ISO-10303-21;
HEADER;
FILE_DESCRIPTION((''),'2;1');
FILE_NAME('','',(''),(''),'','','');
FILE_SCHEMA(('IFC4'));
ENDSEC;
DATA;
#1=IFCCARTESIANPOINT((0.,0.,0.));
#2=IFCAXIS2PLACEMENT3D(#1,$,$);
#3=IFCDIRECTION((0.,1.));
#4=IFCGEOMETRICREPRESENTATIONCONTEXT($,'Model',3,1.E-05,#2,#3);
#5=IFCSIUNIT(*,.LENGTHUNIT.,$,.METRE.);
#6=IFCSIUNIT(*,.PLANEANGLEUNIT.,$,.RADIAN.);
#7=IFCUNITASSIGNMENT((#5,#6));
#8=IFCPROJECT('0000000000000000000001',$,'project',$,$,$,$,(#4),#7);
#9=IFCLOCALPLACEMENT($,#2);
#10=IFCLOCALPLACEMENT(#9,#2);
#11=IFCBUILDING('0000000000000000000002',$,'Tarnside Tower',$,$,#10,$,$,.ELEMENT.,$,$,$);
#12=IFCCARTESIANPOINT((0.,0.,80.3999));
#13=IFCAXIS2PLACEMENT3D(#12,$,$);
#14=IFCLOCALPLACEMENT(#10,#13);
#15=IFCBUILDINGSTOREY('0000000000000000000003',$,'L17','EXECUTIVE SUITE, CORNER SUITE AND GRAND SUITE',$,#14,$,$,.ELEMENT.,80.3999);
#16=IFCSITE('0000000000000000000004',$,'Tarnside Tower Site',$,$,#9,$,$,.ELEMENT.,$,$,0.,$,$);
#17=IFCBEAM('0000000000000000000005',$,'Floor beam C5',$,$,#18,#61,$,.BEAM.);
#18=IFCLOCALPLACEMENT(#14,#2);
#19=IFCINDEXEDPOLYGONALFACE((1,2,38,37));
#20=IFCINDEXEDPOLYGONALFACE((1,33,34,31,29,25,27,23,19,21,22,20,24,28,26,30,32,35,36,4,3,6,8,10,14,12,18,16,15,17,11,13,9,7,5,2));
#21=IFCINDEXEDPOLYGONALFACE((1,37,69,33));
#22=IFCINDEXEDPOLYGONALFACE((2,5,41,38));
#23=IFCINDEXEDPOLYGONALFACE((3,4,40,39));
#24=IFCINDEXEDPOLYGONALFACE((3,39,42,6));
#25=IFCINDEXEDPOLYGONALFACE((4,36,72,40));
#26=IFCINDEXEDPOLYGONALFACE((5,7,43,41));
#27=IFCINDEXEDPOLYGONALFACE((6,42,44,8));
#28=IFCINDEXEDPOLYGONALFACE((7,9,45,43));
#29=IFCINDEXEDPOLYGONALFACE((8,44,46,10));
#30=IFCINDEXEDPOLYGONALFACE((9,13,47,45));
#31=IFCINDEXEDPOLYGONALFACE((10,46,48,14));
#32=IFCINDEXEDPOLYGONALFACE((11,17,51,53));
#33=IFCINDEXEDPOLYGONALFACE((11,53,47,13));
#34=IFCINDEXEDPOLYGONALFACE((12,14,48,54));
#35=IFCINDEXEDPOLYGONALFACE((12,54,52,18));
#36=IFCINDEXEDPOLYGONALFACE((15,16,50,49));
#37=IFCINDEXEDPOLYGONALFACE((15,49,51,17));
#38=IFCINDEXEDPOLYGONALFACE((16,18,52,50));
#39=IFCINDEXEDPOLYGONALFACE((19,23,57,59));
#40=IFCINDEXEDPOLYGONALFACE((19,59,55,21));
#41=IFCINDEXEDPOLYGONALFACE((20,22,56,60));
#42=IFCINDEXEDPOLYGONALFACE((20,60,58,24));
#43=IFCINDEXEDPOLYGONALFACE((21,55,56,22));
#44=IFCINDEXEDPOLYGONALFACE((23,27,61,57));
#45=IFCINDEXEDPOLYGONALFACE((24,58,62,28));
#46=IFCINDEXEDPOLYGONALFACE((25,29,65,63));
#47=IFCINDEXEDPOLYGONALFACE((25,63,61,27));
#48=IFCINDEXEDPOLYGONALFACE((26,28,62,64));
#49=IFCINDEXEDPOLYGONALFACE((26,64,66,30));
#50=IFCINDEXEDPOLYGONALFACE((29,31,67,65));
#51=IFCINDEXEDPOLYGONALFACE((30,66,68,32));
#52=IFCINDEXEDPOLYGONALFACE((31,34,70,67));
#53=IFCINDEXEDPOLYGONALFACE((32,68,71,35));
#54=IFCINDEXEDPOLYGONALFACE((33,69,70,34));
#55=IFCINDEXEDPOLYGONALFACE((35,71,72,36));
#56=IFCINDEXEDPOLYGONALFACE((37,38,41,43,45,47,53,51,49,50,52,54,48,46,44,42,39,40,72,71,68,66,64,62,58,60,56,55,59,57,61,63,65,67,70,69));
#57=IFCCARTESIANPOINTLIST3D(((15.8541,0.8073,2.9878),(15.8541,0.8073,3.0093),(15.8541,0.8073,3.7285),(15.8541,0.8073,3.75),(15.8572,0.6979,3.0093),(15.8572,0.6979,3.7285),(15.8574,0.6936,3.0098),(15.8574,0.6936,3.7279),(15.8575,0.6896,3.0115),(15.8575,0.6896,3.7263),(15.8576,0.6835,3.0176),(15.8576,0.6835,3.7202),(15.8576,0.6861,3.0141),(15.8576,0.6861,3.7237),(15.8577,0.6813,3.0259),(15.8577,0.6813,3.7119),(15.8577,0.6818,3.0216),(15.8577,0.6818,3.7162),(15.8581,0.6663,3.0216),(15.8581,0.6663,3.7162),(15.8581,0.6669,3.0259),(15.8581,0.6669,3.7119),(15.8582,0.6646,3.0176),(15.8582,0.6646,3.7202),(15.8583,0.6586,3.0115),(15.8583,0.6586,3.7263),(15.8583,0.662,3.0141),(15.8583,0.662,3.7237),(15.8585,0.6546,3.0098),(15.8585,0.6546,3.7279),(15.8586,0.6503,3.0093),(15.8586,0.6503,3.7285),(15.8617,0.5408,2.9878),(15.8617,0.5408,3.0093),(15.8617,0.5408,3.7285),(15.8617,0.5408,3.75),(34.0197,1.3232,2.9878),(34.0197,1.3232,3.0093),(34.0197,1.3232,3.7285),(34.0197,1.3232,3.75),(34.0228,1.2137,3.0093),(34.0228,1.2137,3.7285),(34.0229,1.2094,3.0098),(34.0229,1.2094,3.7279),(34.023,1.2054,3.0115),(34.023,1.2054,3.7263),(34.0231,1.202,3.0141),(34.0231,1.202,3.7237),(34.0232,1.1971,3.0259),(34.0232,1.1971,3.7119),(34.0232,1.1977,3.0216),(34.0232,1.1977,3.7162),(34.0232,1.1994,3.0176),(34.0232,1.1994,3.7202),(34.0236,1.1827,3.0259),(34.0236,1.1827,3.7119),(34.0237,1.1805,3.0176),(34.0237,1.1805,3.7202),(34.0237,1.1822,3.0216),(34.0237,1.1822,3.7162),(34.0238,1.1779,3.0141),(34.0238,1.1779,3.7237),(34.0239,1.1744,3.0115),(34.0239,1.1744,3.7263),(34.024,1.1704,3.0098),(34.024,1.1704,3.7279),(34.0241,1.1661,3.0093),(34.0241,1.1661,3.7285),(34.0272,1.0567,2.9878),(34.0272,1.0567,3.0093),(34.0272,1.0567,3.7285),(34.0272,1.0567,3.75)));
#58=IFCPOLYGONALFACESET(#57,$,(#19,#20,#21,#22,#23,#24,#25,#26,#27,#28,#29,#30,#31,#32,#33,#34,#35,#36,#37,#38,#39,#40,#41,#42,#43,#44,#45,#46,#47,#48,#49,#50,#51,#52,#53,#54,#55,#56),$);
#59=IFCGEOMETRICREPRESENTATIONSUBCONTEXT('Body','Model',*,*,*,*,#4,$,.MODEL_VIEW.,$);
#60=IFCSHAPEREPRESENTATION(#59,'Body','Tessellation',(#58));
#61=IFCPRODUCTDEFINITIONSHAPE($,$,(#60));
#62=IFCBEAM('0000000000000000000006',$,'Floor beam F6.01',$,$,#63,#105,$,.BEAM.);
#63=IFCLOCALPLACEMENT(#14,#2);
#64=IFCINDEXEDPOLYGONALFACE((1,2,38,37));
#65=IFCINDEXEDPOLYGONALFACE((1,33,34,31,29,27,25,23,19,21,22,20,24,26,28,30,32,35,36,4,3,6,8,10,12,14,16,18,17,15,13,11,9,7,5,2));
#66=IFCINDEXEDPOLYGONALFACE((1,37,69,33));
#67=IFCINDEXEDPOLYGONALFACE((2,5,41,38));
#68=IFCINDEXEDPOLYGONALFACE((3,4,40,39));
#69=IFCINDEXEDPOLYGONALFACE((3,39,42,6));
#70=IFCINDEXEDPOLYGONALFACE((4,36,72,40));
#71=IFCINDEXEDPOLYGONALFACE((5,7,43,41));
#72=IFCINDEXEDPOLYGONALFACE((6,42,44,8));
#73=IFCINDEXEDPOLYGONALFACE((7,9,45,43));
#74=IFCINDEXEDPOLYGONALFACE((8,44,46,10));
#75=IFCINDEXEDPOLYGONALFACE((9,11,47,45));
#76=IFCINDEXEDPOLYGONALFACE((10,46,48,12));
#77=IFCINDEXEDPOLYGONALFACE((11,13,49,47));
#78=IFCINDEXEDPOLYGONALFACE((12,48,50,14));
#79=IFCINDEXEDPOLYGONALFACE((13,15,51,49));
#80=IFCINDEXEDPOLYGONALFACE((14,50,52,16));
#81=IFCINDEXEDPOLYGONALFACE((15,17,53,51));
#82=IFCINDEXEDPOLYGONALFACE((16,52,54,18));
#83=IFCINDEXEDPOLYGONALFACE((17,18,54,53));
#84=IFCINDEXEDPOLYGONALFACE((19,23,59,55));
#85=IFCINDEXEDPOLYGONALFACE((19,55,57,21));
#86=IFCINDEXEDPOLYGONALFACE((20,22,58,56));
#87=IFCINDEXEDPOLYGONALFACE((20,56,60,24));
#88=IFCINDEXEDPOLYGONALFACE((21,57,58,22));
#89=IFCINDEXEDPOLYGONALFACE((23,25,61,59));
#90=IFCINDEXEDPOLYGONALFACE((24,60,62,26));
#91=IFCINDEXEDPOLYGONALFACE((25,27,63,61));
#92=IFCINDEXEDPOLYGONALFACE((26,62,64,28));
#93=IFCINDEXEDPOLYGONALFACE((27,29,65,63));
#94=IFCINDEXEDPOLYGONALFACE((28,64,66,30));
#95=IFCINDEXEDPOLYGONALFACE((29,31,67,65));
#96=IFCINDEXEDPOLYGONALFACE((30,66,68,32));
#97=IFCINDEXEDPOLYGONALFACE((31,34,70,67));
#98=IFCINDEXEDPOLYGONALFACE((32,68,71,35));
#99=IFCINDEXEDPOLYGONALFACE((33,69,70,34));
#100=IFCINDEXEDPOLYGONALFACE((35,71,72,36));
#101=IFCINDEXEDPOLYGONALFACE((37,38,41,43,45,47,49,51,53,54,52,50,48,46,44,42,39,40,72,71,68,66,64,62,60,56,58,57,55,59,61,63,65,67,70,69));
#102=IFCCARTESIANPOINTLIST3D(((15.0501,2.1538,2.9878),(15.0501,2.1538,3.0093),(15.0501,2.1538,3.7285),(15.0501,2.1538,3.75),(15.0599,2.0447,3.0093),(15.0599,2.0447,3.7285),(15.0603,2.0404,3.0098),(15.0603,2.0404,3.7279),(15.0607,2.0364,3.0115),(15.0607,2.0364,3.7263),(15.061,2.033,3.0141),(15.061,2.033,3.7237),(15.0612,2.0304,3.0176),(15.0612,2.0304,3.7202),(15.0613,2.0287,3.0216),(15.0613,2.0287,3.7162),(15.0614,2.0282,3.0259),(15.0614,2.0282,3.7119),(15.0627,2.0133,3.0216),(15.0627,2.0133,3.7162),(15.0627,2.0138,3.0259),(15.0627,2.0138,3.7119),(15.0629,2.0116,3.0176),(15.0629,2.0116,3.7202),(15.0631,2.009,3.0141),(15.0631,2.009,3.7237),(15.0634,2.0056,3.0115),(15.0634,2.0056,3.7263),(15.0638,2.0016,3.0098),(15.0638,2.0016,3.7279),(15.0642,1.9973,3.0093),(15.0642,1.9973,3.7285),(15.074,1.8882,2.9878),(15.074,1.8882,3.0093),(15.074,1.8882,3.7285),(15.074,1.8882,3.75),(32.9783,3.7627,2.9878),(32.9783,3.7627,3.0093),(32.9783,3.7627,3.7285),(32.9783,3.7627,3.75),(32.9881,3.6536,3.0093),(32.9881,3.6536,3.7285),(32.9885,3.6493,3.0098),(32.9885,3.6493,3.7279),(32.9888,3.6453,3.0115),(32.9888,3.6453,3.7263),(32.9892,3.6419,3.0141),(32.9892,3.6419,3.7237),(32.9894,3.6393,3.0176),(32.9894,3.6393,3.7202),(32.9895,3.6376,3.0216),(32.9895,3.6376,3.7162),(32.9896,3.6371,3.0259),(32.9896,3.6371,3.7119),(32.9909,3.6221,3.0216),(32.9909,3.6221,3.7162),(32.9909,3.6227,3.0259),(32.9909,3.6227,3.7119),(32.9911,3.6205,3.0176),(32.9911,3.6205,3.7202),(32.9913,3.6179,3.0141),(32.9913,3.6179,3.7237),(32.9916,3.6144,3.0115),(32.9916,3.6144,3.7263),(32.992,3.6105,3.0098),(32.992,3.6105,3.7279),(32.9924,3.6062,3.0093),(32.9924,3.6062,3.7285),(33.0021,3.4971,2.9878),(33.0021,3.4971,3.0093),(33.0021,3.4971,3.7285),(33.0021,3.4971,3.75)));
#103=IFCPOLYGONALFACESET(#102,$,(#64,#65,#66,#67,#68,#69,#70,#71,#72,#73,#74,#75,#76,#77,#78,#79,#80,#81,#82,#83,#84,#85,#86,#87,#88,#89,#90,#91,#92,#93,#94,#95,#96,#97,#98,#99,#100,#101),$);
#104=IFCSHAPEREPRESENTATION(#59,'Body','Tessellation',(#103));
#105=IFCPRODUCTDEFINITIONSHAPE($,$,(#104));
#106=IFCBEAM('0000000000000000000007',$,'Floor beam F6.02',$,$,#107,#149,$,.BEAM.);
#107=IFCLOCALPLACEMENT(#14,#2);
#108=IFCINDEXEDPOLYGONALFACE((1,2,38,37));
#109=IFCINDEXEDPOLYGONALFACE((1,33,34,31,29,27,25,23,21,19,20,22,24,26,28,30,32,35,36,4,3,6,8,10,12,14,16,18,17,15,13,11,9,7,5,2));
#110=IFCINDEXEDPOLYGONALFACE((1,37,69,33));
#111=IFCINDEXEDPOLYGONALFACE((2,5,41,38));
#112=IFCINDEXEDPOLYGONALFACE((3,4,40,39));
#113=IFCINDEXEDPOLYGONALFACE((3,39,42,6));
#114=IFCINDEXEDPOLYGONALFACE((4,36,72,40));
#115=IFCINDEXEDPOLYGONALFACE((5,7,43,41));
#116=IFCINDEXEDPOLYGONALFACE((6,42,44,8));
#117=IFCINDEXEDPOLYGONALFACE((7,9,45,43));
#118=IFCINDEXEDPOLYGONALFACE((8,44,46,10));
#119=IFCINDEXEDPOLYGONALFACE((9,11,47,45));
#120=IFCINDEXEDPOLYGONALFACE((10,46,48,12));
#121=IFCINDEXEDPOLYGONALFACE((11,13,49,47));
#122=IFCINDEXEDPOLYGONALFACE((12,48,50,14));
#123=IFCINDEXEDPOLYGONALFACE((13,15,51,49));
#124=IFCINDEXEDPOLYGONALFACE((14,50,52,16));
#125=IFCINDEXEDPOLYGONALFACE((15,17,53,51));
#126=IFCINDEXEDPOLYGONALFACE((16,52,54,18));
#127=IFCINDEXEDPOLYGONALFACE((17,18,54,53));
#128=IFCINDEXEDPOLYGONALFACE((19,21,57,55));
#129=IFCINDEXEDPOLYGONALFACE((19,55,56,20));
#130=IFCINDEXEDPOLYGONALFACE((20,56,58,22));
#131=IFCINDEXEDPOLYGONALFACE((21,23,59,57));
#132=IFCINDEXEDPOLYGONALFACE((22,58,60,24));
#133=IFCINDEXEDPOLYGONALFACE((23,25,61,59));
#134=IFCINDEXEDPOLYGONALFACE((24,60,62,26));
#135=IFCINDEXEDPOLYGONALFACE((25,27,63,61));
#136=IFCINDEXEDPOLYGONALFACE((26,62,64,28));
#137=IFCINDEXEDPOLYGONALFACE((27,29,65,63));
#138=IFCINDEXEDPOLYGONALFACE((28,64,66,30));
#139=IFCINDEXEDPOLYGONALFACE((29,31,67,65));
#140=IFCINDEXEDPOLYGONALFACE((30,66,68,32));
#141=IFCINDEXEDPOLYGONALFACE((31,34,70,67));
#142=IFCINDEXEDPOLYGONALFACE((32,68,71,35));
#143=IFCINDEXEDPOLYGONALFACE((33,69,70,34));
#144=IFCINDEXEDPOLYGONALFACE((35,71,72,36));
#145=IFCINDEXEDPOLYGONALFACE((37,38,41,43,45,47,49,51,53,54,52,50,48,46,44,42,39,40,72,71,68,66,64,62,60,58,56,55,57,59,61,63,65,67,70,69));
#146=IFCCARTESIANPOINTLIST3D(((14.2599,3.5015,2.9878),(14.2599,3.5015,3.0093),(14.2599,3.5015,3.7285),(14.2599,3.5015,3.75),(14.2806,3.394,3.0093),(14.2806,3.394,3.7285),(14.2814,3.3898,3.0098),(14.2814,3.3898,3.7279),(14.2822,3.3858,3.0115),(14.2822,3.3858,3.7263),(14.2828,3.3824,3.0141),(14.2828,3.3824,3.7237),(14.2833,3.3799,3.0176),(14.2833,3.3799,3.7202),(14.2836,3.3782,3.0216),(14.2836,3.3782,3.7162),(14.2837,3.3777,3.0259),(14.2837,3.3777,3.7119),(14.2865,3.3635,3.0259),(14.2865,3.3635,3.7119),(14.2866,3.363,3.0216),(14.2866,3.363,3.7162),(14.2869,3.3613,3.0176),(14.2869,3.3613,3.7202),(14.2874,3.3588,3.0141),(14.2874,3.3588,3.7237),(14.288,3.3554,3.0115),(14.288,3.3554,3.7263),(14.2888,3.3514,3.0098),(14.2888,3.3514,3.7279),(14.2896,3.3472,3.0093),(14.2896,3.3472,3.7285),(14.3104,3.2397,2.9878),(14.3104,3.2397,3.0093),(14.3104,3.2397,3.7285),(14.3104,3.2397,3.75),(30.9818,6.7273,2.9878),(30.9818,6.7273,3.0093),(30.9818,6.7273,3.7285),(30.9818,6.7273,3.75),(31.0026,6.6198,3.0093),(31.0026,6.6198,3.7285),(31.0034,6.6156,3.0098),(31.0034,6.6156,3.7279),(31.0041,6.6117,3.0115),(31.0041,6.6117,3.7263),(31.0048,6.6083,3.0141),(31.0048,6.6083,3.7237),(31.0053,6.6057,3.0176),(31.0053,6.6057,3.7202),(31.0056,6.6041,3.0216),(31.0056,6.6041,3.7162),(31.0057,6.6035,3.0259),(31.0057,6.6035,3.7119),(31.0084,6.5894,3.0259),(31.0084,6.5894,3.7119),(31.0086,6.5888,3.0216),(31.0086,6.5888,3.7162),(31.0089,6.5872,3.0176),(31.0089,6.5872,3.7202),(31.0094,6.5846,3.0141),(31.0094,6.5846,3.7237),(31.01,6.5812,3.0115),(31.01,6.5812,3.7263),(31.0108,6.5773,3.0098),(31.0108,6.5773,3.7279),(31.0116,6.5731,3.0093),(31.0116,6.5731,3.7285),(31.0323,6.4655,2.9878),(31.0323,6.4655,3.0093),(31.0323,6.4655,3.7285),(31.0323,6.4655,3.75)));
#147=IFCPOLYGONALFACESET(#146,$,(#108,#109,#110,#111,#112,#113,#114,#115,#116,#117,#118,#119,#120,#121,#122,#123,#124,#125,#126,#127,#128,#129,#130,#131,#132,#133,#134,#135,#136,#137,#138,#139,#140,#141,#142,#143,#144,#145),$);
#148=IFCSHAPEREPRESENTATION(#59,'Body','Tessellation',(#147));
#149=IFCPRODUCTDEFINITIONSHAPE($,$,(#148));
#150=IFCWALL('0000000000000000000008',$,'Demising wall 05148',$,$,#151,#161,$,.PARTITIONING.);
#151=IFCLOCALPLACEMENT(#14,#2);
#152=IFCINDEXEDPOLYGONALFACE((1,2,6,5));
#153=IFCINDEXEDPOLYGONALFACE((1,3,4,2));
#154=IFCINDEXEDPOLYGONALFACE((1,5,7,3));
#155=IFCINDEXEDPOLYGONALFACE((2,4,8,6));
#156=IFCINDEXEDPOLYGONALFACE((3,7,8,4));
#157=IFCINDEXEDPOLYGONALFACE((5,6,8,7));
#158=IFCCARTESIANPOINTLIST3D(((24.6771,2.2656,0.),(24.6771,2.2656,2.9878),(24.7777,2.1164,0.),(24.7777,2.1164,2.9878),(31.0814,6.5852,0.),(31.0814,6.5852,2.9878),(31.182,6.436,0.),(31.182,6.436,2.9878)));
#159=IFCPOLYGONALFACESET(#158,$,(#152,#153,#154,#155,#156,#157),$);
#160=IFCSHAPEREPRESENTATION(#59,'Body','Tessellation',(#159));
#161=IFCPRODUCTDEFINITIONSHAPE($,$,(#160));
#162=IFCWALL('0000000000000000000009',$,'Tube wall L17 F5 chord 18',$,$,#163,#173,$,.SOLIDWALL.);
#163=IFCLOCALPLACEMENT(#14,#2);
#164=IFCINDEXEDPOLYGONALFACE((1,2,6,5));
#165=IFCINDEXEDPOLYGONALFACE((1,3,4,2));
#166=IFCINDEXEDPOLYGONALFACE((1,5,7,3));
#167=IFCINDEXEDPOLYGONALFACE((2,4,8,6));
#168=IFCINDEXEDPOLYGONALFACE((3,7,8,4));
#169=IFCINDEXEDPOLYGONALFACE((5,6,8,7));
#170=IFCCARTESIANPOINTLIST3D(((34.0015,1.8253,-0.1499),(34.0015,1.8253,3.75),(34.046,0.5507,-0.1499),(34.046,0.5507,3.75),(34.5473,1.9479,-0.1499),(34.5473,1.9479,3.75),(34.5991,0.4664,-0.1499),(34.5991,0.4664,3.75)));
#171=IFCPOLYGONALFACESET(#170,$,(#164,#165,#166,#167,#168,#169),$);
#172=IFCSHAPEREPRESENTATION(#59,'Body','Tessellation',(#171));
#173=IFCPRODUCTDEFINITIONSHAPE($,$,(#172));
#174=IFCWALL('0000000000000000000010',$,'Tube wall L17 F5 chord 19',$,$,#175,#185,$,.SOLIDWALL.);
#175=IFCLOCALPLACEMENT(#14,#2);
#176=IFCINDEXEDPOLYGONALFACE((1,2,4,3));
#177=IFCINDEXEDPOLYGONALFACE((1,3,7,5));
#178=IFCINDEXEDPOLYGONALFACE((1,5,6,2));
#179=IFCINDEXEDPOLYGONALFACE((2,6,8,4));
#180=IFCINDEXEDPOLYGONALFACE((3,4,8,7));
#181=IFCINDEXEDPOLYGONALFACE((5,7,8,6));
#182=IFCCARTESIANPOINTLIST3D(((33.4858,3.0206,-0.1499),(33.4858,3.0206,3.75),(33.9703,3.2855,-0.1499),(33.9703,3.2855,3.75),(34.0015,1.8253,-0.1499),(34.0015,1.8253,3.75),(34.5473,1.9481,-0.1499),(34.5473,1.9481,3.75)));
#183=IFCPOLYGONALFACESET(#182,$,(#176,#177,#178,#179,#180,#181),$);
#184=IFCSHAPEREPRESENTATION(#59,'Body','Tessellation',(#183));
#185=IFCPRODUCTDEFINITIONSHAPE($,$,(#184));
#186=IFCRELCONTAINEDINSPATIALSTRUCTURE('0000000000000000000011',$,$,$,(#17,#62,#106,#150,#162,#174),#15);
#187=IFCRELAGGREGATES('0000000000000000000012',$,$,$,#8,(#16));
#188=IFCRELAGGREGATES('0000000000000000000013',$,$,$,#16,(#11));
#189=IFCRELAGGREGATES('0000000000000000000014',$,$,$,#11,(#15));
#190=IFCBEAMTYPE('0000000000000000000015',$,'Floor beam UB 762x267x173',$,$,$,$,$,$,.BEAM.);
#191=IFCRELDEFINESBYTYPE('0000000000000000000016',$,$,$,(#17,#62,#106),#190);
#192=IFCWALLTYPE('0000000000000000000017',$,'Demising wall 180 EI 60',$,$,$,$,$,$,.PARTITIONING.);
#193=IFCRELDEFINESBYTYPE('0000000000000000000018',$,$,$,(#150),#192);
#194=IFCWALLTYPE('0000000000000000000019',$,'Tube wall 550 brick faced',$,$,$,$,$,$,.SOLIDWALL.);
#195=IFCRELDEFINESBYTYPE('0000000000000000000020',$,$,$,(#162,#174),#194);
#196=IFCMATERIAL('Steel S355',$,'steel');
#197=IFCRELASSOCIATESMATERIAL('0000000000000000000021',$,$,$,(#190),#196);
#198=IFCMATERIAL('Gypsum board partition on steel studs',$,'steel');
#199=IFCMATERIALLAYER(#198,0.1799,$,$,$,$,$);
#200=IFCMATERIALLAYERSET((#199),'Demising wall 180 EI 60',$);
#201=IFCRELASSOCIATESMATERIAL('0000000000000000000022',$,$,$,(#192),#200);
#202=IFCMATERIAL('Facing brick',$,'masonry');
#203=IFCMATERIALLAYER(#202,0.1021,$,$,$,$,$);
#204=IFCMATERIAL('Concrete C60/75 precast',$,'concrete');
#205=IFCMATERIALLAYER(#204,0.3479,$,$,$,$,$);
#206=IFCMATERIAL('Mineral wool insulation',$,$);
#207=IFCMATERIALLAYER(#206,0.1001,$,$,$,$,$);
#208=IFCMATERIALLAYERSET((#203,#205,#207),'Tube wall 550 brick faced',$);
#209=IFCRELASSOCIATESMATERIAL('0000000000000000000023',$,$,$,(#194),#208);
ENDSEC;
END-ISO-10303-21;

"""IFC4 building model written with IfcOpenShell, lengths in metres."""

from ifc_helpers import new_model, si_unit, direction, frame, frame_2d, origin, origin_2d, place, context, subcontext, project, spatial, polyline, rectangle, i_section, outline, extrude, material, layer, layer_set, material_profile, profile_set, type_object, element, save


model = new_model("IFC4")

# Units and contexts
model_context = context("Model", 3, precision=1e-05, world=origin(), true_north=direction((0.0, 1.0)))
body_context = subcontext(model_context, "Body", "Model", "MODEL_VIEW")
ifc_project = project(units=[si_unit("LENGTHUNIT", "METRE"), si_unit("PLANEANGLEUNIT", "RADIAN")], contexts=[model_context])

# Site, building, storey
site_placement = place(None, origin())
site = spatial("IfcSite", under=ifc_project, at=site_placement, Name="Tarnside Tower Site", CompositionType="ELEMENT", RefElevation=0.0)
building_placement = place(site_placement, origin())
building = spatial("IfcBuilding", under=site, at=building_placement, Name="Tarnside Tower", CompositionType="ELEMENT")
storey_placement = place(building_placement, frame((0.0, 0.0, 80.3999)))
storey = spatial("IfcBuildingStorey", under=building, at=storey_placement, Name="L17", Description="EXECUTIVE SUITE, CORNER SUITE AND GRAND SUITE", CompositionType="ELEMENT", Elevation=80.3999)

# Beams
ifc_material_1 = material(Name="Steel S355", Category="steel")
ifc_material_profile = material_profile(ifc_material_1, i_section(OverallWidth=0.2666, OverallDepth=0.7622, WebThickness=0.0144, FlangeThickness=0.0215, FilletRadius=0.0166, at=origin_2d()), Name="UB 762x267x173")
ifc_profile_set = profile_set([ifc_material_profile], Name="Steel S355")
beam_type = type_object("IfcBeamType", Name="Floor beam UB 762x267x173", PredefinedType="BEAM", material=ifc_profile_set)
beam_1_placement = place(storey_placement, frame((34.0234, 1.1899, 3.3689), z_axis=(-0.999597, -0.028387, 0.0), x_axis=(0.028387, -0.999597, 0.0)))
element("IfcBeam", 1, at=beam_1_placement, inside=storey, type_object=beam_type, Name="Floor beam C5", PredefinedType="BEAM", context=body_context, shape_type="SweptSolid", body=[
    extrude(i_section(OverallWidth=0.2666, OverallDepth=0.7622, WebThickness=0.0144, FlangeThickness=0.0215, FilletRadius=0.0166, at=origin_2d()), origin(), (0.0, 0.0, 1.0), 18.1729),
])
beam_2_placement = place(storey_placement, frame((32.9902, 3.6299, 3.3689), z_axis=(-0.995997, -0.089381, 0.0), x_axis=(0.089381, -0.995997, 0.0)))
element("IfcBeam", 2, at=beam_2_placement, inside=storey, type_object=beam_type, Name="Floor beam F6.01", PredefinedType="BEAM", context=body_context, shape_type="SweptSolid", body=[
    extrude(i_section(OverallWidth=0.2666, OverallDepth=0.7622, WebThickness=0.0144, FlangeThickness=0.0215, FilletRadius=0.0166, at=origin_2d()), origin(), (0.0, 0.0, 1.0), 18.0002),
])
beam_3_placement = place(storey_placement, frame((31.0071, 6.5964, 3.3689), z_axis=(-0.981897, -0.189418, 0.0), x_axis=(0.189418, -0.981897, 0.0)))
element("IfcBeam", 3, at=beam_3_placement, inside=storey, type_object=beam_type, Name="Floor beam F6.02", PredefinedType="BEAM", context=body_context, shape_type="SweptSolid", body=[
    extrude(i_section(OverallWidth=0.2666, OverallDepth=0.7622, WebThickness=0.0144, FlangeThickness=0.0215, FilletRadius=0.0166, at=origin_2d()), origin(), (0.0, 0.0, 1.0), 17.0303),
])

# Walls
ifc_material_2 = material(Name="Gypsum board partition on steel studs", Category="steel")
ifc_layer_1 = layer(ifc_material_2, 0.1799)
ifc_layer_set_1 = layer_set([ifc_layer_1], Name="Demising wall 180 EI 60")
wall_type_1 = type_object("IfcWallType", Name="Demising wall 180 EI 60", PredefinedType="PARTITIONING", material=ifc_layer_set_1)
wall_1_placement = place(storey_placement, frame((31.1316, 6.5105, 0.0), z_axis=(0.0, 0.0, 1.0), x_axis=(-0.829048, -0.559178, 0.0)))
element("IfcWall", 4, at=wall_1_placement, inside=storey, type_object=wall_type_1, Name="Demising wall 05148", PredefinedType="PARTITIONING", context=body_context, shape_type="SweptSolid", body=[
    extrude(rectangle(XDim=7.7249, YDim=0.1799, at=frame_2d((3.8623, 0.0))), origin(), (0.0, 0.0, 1.0), 2.9878),
])
ifc_material_3 = material(Name="Facing brick", Category="masonry")
ifc_layer_2 = layer(ifc_material_3, 0.1021)
ifc_material_4 = material(Name="Concrete C60/75 precast", Category="concrete")
ifc_layer_3 = layer(ifc_material_4, 0.3479)
ifc_material_5 = material(Name="Mineral wool insulation")
ifc_layer_4 = layer(ifc_material_5, 0.1001)
ifc_layer_set_2 = layer_set([ifc_layer_2, ifc_layer_3, ifc_layer_4], Name="Tube wall 550 brick faced")
wall_type_2 = type_object("IfcWallType", Name="Tube wall 550 brick faced", PredefinedType="SOLIDWALL", material=ifc_layer_set_2)
wall_2_placement = place(storey_placement, frame((34.3225, 0.5085, -0.1499), z_axis=(0.0, 0.0, 1.0), x_axis=(-0.034877, 0.999392, 0.0)))
element("IfcWall", 5, at=wall_2_placement, inside=storey, type_object=wall_type_2, Name="Tube wall L17 F5 chord 18", PredefinedType="SOLIDWALL", context=body_context, shape_type="SweptSolid", body=[
    extrude(outline(polyline([(-0.0518, -0.2749), (1.4307, -0.2749), (1.3271, 0.2749), (0.0518, 0.2749), (-0.0518, -0.2749)])), origin(), (0.0, 0.0, 1.0), 3.8999),
])
wall_3_placement = place(storey_placement, frame((34.2744, 1.8867, -0.1499), z_axis=(0.0, 0.0, 1.0), x_axis=(-0.396161, 0.918181, 0.0)))
element("IfcWall", 6, at=wall_3_placement, inside=storey, type_object=wall_type_2, Name="Tube wall L17 F5 chord 19", PredefinedType="SOLIDWALL", context=body_context, shape_type="SweptSolid", body=[
    extrude(outline(polyline([(-0.0518, -0.2749), (1.4048, -0.2749), (1.3535, 0.2749), (0.0518, 0.2749), (-0.0518, -0.2749)])), origin(), (0.0, 0.0, 1.0), 3.8999),
])

save(model, "model.ifc")
